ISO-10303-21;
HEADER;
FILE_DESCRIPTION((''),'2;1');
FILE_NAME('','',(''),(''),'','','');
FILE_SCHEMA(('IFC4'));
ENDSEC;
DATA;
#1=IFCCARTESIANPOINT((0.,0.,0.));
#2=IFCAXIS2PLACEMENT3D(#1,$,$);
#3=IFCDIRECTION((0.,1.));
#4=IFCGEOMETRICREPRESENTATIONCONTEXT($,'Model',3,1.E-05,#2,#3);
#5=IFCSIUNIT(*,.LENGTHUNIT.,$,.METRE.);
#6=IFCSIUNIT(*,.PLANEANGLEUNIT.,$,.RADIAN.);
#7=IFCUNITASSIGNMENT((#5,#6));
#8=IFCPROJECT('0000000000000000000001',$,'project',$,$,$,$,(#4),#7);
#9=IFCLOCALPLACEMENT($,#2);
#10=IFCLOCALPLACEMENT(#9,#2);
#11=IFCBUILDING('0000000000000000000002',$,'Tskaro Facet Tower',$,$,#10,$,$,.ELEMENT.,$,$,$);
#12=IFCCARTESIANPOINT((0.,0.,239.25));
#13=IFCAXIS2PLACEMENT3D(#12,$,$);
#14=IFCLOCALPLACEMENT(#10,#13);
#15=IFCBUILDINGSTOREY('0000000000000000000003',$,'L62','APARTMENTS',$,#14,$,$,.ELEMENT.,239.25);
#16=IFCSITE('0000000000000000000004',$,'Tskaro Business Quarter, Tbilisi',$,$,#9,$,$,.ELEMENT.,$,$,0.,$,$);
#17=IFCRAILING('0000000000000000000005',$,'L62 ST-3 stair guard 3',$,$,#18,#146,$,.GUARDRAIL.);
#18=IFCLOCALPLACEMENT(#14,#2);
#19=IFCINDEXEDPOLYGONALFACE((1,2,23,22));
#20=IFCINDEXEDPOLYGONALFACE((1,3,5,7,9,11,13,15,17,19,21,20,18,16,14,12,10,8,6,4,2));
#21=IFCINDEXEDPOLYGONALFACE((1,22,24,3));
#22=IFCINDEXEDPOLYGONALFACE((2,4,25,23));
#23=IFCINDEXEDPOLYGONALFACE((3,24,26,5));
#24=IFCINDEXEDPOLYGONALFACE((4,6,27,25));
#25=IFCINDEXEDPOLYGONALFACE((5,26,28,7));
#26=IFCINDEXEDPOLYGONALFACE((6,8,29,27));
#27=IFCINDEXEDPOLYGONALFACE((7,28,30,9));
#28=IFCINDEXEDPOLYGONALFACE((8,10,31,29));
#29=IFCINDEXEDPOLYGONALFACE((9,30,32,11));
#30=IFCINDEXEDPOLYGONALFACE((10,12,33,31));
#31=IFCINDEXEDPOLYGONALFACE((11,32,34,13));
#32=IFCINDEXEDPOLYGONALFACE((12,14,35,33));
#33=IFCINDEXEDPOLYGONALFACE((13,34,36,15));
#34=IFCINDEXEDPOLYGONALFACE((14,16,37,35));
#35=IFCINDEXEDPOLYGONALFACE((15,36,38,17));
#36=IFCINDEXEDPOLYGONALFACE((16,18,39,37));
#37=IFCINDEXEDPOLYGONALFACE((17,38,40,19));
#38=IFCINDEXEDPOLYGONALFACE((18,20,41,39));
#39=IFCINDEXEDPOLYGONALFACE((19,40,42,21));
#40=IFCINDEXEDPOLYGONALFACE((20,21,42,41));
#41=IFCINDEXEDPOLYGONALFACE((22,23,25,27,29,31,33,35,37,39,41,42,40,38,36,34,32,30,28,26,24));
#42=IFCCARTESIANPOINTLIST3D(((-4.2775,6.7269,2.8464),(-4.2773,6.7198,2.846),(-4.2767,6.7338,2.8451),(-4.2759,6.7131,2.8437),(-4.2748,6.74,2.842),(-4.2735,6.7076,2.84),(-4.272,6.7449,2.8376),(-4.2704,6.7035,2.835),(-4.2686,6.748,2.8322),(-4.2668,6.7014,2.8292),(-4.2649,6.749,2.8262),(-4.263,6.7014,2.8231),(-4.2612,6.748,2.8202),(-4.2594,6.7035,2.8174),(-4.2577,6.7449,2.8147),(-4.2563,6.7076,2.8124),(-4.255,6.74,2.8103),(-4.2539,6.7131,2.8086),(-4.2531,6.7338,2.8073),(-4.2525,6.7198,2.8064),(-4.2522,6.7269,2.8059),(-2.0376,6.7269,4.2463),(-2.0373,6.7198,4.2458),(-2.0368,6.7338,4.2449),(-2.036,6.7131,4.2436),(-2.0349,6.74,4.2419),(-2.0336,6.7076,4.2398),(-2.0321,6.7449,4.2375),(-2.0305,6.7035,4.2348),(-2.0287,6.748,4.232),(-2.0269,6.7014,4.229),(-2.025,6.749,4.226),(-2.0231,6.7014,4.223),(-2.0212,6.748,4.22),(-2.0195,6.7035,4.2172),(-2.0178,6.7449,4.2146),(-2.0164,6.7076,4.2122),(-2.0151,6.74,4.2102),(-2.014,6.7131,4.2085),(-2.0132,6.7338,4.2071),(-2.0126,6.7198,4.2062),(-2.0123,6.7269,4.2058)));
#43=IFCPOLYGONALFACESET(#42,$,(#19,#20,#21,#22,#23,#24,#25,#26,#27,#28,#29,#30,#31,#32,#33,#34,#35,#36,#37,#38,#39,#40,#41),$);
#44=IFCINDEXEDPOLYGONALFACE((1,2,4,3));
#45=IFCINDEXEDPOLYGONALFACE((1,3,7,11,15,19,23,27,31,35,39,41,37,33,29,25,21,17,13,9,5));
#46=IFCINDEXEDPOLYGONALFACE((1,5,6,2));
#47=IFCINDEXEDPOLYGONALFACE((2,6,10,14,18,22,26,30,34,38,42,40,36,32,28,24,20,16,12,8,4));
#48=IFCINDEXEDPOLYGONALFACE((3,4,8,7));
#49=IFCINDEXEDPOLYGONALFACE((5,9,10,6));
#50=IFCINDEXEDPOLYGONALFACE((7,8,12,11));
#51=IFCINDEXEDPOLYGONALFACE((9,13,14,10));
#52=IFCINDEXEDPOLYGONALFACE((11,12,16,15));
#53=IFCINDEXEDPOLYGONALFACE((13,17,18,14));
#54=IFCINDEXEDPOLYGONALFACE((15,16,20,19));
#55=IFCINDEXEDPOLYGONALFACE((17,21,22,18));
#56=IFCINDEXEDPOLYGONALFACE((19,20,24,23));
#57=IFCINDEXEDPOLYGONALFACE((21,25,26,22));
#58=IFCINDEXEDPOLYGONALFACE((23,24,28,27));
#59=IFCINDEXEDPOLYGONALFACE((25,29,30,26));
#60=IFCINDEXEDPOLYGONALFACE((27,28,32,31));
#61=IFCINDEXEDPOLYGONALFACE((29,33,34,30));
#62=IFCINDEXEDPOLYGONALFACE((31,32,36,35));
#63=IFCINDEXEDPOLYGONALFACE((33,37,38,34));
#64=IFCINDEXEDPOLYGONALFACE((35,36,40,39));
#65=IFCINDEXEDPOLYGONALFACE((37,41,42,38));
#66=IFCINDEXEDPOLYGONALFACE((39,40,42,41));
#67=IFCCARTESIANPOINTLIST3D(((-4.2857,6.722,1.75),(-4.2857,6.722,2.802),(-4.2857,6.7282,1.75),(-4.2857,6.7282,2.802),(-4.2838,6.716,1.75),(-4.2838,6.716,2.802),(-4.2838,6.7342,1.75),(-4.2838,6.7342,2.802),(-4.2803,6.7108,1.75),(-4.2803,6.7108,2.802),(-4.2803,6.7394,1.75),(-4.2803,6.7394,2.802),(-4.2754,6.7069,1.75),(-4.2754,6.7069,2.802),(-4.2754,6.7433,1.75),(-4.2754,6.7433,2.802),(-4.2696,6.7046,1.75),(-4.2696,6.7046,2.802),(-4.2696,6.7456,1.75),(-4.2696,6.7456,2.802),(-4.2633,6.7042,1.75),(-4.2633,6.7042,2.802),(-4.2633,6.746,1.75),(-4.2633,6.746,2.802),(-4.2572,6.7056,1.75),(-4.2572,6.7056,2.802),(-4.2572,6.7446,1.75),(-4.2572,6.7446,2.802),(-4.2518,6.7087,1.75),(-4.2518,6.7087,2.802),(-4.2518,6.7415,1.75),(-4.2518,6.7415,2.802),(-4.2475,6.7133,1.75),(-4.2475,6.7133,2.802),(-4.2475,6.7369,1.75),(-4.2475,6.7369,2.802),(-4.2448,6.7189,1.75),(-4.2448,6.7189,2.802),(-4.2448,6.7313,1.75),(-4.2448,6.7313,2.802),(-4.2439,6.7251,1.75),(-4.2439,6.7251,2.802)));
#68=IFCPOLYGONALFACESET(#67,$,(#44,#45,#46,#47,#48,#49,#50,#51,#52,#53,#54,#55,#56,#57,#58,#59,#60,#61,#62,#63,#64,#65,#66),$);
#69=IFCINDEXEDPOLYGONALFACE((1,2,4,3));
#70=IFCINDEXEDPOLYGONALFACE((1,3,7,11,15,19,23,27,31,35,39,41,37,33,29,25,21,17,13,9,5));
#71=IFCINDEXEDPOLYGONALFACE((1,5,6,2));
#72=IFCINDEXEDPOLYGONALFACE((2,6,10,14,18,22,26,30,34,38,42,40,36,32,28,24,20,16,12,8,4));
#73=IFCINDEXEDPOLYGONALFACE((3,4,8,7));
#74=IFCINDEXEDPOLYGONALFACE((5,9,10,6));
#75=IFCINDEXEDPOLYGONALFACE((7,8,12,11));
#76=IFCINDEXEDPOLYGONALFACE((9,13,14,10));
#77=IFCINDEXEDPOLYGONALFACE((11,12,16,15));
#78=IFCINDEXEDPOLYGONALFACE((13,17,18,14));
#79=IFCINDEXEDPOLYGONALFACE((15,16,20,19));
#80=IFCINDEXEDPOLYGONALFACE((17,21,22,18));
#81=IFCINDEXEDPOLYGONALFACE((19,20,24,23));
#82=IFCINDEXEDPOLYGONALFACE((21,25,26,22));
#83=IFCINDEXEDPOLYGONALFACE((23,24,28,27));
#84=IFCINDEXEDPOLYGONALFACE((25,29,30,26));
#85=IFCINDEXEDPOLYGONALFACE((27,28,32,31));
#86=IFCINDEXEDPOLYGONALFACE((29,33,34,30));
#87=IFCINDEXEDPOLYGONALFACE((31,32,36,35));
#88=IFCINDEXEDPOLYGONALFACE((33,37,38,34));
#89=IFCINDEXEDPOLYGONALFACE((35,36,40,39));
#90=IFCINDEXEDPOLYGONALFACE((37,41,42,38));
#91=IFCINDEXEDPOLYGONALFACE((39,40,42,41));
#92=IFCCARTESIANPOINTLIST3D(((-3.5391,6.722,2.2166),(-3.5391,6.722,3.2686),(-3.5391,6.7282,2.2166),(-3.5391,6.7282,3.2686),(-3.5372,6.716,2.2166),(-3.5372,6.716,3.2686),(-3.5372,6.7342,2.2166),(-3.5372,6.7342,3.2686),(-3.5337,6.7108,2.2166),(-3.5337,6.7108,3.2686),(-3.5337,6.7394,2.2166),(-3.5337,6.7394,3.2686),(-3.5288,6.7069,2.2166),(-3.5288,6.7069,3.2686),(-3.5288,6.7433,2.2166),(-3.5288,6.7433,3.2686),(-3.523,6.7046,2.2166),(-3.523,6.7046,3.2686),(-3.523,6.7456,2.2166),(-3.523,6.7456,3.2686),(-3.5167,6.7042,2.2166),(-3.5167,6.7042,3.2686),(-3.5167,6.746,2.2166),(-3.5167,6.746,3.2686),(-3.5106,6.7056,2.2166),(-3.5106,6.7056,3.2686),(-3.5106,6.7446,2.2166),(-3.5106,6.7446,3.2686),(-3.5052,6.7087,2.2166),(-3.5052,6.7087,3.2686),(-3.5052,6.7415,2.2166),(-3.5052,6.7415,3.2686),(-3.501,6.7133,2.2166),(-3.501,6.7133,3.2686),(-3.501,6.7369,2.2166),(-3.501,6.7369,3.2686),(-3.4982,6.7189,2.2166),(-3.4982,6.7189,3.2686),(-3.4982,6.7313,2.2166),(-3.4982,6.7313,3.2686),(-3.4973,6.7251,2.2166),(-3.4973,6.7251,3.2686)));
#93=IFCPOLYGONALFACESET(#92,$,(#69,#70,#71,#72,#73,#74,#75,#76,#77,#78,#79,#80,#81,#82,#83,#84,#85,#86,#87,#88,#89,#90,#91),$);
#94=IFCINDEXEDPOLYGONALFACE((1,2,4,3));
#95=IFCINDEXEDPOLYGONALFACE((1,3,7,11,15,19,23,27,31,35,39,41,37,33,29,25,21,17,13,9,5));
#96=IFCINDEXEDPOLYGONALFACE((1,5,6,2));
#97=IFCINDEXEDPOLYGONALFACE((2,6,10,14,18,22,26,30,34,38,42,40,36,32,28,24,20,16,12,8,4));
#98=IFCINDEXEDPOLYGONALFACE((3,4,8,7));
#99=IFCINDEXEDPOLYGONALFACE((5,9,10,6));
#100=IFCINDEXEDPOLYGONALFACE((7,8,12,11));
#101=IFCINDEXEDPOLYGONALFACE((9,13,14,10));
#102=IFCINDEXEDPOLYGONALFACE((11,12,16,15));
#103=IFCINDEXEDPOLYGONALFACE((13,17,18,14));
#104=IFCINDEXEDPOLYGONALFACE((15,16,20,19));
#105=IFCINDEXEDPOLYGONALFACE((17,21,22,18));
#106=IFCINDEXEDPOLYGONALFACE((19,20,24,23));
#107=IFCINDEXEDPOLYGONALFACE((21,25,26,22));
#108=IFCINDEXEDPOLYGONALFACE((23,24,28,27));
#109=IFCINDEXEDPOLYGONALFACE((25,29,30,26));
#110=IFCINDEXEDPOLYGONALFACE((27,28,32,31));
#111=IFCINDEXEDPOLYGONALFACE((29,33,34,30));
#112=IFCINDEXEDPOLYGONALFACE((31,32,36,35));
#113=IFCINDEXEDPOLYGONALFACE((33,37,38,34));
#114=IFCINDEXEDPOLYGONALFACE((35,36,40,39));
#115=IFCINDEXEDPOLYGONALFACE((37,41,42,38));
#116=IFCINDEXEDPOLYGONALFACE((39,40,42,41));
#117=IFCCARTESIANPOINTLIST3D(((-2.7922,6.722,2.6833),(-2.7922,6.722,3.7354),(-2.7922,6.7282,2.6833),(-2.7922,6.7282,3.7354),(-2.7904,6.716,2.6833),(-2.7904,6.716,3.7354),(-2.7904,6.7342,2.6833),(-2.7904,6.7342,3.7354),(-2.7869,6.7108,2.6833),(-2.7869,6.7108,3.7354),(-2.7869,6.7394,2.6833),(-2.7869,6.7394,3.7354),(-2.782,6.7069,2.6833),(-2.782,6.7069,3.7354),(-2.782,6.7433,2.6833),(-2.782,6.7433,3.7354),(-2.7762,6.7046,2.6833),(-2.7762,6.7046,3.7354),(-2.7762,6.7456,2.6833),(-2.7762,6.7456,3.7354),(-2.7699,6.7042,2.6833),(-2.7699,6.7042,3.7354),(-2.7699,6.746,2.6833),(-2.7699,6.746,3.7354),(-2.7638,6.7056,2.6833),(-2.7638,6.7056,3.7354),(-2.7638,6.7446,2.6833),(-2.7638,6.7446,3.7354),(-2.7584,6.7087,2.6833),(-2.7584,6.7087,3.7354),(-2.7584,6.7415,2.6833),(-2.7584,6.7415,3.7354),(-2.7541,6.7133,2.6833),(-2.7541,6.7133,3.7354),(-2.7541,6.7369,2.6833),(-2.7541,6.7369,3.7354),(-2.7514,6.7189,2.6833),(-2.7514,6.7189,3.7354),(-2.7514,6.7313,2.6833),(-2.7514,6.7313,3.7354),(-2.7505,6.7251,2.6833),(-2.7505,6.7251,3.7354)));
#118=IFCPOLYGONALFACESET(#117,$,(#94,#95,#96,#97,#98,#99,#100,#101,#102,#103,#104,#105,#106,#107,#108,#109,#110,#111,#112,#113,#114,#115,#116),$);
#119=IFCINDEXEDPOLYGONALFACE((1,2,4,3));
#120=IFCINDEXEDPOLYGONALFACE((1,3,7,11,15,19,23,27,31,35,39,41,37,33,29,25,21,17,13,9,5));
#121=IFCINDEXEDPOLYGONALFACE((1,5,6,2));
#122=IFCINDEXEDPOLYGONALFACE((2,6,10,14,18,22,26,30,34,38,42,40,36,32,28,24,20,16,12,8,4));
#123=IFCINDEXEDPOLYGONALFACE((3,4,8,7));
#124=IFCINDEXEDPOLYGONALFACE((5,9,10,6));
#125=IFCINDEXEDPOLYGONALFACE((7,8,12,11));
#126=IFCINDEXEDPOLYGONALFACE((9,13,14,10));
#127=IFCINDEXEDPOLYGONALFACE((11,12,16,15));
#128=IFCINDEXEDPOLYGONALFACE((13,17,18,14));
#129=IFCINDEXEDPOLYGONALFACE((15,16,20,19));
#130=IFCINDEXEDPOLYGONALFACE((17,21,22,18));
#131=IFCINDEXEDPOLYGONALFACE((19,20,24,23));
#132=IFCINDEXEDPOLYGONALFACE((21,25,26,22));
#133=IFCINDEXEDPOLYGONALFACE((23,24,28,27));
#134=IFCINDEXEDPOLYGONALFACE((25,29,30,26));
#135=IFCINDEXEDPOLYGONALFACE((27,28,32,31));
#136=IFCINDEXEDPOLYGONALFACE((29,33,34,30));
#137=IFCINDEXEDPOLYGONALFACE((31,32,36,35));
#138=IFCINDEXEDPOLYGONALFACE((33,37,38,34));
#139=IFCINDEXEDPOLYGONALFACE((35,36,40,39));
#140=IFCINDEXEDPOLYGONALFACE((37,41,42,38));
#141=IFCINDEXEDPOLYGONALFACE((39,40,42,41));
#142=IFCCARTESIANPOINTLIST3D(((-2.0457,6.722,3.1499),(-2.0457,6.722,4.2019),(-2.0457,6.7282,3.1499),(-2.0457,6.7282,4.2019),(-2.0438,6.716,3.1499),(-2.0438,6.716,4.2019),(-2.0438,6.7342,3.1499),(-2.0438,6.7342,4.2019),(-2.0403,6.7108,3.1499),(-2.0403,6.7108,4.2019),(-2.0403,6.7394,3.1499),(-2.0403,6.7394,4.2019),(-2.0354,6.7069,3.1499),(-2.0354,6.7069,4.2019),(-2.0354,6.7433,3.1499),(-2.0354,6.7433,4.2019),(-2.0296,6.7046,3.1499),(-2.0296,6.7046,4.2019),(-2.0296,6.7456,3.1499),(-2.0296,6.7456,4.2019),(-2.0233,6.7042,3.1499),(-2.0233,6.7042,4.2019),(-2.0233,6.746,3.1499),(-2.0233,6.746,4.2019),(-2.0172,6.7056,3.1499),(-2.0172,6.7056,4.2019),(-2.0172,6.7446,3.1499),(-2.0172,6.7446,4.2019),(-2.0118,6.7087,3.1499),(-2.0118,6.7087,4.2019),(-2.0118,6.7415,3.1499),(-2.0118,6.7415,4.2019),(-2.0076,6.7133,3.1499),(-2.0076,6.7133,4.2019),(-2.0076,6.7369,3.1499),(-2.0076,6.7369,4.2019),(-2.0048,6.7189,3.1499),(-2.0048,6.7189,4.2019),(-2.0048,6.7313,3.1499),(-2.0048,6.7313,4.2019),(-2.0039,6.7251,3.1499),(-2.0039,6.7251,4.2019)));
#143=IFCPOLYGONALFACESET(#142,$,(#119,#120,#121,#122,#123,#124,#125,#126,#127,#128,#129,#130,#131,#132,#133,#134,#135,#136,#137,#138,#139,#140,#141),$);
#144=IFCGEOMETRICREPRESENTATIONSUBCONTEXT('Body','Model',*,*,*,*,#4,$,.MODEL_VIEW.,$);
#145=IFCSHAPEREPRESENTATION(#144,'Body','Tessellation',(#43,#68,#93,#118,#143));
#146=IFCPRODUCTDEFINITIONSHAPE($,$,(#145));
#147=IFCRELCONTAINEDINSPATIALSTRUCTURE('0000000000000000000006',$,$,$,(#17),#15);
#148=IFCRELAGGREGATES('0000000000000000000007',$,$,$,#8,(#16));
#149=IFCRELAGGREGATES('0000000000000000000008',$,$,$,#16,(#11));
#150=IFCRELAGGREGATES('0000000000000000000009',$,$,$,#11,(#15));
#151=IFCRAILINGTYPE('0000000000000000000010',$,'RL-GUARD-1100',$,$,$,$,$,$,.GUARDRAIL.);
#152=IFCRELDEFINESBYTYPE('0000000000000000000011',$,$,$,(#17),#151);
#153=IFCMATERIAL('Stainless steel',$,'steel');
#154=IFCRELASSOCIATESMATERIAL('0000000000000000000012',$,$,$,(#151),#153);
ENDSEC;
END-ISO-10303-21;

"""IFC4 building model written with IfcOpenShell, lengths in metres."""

from ifc_helpers import new_model, si_unit, direction, frame, origin, origin_2d, place, context, subcontext, project, spatial, circle, extrude, material, type_object, element, save


model = new_model("IFC4")

# Units and contexts
model_context = context("Model", 3, precision=1e-05, world=origin(), true_north=direction((0.0, 1.0)))
body_context = subcontext(model_context, "Body", "Model", "MODEL_VIEW")
ifc_project = project(units=[si_unit("LENGTHUNIT", "METRE"), si_unit("PLANEANGLEUNIT", "RADIAN")], contexts=[model_context])

# Site, building, storey
site_placement = place(None, origin())
site = spatial("IfcSite", under=ifc_project, at=site_placement, Name="Tskaro Business Quarter, Tbilisi", CompositionType="ELEMENT", RefElevation=0.0)
building_placement = place(site_placement, origin())
building = spatial("IfcBuilding", under=site, at=building_placement, Name="Tskaro Facet Tower", CompositionType="ELEMENT")
storey_placement = place(building_placement, frame((0.0, 0.0, 239.25)))
storey = spatial("IfcBuildingStorey", under=building, at=storey_placement, Name="L62", Description="APARTMENTS", CompositionType="ELEMENT", Elevation=239.25)

# Railing
ifc_material_1 = material(Name="Stainless steel", Category="steel")
railing_type_1 = type_object("IfcRailingType", Name="RL-GUARD-1100", PredefinedType="GUARDRAIL", material=ifc_material_1)
railing_1_placement = place(storey_placement, frame((-4.2649, 6.7251, 1.75)))
element("IfcRailing", 1, at=railing_1_placement, inside=storey, type_object=railing_type_1, Name="L62 ST-3 stair guard 3", PredefinedType="GUARDRAIL", context=body_context, shape_type="SweptSolid", body=[
    extrude(circle(Radius=0.0239, at=origin_2d()), frame((0.0, 0.0, 1.0762), z_axis=(0.848014, 0.0, 0.529974), x_axis=(0.0, 1.0, 0.0)), (0.0, 0.0, 1.0), 2.6414),
    extrude(circle(Radius=0.021, at=origin_2d()), origin(), (0.0, 0.0, 1.0), 1.052),
    extrude(circle(Radius=0.021, at=origin_2d()), frame((0.7466, 0.0, 0.4666)), (0.0, 0.0, 1.0), 1.052),
    extrude(circle(Radius=0.021, at=origin_2d()), frame((1.4934, 0.0, 0.9333)), (0.0, 0.0, 1.0), 1.052),
    extrude(circle(Radius=0.021, at=origin_2d()), frame((2.24, 0.0, 1.3999)), (0.0, 0.0, 1.0), 1.052),
])

save(model, "model.ifc")
